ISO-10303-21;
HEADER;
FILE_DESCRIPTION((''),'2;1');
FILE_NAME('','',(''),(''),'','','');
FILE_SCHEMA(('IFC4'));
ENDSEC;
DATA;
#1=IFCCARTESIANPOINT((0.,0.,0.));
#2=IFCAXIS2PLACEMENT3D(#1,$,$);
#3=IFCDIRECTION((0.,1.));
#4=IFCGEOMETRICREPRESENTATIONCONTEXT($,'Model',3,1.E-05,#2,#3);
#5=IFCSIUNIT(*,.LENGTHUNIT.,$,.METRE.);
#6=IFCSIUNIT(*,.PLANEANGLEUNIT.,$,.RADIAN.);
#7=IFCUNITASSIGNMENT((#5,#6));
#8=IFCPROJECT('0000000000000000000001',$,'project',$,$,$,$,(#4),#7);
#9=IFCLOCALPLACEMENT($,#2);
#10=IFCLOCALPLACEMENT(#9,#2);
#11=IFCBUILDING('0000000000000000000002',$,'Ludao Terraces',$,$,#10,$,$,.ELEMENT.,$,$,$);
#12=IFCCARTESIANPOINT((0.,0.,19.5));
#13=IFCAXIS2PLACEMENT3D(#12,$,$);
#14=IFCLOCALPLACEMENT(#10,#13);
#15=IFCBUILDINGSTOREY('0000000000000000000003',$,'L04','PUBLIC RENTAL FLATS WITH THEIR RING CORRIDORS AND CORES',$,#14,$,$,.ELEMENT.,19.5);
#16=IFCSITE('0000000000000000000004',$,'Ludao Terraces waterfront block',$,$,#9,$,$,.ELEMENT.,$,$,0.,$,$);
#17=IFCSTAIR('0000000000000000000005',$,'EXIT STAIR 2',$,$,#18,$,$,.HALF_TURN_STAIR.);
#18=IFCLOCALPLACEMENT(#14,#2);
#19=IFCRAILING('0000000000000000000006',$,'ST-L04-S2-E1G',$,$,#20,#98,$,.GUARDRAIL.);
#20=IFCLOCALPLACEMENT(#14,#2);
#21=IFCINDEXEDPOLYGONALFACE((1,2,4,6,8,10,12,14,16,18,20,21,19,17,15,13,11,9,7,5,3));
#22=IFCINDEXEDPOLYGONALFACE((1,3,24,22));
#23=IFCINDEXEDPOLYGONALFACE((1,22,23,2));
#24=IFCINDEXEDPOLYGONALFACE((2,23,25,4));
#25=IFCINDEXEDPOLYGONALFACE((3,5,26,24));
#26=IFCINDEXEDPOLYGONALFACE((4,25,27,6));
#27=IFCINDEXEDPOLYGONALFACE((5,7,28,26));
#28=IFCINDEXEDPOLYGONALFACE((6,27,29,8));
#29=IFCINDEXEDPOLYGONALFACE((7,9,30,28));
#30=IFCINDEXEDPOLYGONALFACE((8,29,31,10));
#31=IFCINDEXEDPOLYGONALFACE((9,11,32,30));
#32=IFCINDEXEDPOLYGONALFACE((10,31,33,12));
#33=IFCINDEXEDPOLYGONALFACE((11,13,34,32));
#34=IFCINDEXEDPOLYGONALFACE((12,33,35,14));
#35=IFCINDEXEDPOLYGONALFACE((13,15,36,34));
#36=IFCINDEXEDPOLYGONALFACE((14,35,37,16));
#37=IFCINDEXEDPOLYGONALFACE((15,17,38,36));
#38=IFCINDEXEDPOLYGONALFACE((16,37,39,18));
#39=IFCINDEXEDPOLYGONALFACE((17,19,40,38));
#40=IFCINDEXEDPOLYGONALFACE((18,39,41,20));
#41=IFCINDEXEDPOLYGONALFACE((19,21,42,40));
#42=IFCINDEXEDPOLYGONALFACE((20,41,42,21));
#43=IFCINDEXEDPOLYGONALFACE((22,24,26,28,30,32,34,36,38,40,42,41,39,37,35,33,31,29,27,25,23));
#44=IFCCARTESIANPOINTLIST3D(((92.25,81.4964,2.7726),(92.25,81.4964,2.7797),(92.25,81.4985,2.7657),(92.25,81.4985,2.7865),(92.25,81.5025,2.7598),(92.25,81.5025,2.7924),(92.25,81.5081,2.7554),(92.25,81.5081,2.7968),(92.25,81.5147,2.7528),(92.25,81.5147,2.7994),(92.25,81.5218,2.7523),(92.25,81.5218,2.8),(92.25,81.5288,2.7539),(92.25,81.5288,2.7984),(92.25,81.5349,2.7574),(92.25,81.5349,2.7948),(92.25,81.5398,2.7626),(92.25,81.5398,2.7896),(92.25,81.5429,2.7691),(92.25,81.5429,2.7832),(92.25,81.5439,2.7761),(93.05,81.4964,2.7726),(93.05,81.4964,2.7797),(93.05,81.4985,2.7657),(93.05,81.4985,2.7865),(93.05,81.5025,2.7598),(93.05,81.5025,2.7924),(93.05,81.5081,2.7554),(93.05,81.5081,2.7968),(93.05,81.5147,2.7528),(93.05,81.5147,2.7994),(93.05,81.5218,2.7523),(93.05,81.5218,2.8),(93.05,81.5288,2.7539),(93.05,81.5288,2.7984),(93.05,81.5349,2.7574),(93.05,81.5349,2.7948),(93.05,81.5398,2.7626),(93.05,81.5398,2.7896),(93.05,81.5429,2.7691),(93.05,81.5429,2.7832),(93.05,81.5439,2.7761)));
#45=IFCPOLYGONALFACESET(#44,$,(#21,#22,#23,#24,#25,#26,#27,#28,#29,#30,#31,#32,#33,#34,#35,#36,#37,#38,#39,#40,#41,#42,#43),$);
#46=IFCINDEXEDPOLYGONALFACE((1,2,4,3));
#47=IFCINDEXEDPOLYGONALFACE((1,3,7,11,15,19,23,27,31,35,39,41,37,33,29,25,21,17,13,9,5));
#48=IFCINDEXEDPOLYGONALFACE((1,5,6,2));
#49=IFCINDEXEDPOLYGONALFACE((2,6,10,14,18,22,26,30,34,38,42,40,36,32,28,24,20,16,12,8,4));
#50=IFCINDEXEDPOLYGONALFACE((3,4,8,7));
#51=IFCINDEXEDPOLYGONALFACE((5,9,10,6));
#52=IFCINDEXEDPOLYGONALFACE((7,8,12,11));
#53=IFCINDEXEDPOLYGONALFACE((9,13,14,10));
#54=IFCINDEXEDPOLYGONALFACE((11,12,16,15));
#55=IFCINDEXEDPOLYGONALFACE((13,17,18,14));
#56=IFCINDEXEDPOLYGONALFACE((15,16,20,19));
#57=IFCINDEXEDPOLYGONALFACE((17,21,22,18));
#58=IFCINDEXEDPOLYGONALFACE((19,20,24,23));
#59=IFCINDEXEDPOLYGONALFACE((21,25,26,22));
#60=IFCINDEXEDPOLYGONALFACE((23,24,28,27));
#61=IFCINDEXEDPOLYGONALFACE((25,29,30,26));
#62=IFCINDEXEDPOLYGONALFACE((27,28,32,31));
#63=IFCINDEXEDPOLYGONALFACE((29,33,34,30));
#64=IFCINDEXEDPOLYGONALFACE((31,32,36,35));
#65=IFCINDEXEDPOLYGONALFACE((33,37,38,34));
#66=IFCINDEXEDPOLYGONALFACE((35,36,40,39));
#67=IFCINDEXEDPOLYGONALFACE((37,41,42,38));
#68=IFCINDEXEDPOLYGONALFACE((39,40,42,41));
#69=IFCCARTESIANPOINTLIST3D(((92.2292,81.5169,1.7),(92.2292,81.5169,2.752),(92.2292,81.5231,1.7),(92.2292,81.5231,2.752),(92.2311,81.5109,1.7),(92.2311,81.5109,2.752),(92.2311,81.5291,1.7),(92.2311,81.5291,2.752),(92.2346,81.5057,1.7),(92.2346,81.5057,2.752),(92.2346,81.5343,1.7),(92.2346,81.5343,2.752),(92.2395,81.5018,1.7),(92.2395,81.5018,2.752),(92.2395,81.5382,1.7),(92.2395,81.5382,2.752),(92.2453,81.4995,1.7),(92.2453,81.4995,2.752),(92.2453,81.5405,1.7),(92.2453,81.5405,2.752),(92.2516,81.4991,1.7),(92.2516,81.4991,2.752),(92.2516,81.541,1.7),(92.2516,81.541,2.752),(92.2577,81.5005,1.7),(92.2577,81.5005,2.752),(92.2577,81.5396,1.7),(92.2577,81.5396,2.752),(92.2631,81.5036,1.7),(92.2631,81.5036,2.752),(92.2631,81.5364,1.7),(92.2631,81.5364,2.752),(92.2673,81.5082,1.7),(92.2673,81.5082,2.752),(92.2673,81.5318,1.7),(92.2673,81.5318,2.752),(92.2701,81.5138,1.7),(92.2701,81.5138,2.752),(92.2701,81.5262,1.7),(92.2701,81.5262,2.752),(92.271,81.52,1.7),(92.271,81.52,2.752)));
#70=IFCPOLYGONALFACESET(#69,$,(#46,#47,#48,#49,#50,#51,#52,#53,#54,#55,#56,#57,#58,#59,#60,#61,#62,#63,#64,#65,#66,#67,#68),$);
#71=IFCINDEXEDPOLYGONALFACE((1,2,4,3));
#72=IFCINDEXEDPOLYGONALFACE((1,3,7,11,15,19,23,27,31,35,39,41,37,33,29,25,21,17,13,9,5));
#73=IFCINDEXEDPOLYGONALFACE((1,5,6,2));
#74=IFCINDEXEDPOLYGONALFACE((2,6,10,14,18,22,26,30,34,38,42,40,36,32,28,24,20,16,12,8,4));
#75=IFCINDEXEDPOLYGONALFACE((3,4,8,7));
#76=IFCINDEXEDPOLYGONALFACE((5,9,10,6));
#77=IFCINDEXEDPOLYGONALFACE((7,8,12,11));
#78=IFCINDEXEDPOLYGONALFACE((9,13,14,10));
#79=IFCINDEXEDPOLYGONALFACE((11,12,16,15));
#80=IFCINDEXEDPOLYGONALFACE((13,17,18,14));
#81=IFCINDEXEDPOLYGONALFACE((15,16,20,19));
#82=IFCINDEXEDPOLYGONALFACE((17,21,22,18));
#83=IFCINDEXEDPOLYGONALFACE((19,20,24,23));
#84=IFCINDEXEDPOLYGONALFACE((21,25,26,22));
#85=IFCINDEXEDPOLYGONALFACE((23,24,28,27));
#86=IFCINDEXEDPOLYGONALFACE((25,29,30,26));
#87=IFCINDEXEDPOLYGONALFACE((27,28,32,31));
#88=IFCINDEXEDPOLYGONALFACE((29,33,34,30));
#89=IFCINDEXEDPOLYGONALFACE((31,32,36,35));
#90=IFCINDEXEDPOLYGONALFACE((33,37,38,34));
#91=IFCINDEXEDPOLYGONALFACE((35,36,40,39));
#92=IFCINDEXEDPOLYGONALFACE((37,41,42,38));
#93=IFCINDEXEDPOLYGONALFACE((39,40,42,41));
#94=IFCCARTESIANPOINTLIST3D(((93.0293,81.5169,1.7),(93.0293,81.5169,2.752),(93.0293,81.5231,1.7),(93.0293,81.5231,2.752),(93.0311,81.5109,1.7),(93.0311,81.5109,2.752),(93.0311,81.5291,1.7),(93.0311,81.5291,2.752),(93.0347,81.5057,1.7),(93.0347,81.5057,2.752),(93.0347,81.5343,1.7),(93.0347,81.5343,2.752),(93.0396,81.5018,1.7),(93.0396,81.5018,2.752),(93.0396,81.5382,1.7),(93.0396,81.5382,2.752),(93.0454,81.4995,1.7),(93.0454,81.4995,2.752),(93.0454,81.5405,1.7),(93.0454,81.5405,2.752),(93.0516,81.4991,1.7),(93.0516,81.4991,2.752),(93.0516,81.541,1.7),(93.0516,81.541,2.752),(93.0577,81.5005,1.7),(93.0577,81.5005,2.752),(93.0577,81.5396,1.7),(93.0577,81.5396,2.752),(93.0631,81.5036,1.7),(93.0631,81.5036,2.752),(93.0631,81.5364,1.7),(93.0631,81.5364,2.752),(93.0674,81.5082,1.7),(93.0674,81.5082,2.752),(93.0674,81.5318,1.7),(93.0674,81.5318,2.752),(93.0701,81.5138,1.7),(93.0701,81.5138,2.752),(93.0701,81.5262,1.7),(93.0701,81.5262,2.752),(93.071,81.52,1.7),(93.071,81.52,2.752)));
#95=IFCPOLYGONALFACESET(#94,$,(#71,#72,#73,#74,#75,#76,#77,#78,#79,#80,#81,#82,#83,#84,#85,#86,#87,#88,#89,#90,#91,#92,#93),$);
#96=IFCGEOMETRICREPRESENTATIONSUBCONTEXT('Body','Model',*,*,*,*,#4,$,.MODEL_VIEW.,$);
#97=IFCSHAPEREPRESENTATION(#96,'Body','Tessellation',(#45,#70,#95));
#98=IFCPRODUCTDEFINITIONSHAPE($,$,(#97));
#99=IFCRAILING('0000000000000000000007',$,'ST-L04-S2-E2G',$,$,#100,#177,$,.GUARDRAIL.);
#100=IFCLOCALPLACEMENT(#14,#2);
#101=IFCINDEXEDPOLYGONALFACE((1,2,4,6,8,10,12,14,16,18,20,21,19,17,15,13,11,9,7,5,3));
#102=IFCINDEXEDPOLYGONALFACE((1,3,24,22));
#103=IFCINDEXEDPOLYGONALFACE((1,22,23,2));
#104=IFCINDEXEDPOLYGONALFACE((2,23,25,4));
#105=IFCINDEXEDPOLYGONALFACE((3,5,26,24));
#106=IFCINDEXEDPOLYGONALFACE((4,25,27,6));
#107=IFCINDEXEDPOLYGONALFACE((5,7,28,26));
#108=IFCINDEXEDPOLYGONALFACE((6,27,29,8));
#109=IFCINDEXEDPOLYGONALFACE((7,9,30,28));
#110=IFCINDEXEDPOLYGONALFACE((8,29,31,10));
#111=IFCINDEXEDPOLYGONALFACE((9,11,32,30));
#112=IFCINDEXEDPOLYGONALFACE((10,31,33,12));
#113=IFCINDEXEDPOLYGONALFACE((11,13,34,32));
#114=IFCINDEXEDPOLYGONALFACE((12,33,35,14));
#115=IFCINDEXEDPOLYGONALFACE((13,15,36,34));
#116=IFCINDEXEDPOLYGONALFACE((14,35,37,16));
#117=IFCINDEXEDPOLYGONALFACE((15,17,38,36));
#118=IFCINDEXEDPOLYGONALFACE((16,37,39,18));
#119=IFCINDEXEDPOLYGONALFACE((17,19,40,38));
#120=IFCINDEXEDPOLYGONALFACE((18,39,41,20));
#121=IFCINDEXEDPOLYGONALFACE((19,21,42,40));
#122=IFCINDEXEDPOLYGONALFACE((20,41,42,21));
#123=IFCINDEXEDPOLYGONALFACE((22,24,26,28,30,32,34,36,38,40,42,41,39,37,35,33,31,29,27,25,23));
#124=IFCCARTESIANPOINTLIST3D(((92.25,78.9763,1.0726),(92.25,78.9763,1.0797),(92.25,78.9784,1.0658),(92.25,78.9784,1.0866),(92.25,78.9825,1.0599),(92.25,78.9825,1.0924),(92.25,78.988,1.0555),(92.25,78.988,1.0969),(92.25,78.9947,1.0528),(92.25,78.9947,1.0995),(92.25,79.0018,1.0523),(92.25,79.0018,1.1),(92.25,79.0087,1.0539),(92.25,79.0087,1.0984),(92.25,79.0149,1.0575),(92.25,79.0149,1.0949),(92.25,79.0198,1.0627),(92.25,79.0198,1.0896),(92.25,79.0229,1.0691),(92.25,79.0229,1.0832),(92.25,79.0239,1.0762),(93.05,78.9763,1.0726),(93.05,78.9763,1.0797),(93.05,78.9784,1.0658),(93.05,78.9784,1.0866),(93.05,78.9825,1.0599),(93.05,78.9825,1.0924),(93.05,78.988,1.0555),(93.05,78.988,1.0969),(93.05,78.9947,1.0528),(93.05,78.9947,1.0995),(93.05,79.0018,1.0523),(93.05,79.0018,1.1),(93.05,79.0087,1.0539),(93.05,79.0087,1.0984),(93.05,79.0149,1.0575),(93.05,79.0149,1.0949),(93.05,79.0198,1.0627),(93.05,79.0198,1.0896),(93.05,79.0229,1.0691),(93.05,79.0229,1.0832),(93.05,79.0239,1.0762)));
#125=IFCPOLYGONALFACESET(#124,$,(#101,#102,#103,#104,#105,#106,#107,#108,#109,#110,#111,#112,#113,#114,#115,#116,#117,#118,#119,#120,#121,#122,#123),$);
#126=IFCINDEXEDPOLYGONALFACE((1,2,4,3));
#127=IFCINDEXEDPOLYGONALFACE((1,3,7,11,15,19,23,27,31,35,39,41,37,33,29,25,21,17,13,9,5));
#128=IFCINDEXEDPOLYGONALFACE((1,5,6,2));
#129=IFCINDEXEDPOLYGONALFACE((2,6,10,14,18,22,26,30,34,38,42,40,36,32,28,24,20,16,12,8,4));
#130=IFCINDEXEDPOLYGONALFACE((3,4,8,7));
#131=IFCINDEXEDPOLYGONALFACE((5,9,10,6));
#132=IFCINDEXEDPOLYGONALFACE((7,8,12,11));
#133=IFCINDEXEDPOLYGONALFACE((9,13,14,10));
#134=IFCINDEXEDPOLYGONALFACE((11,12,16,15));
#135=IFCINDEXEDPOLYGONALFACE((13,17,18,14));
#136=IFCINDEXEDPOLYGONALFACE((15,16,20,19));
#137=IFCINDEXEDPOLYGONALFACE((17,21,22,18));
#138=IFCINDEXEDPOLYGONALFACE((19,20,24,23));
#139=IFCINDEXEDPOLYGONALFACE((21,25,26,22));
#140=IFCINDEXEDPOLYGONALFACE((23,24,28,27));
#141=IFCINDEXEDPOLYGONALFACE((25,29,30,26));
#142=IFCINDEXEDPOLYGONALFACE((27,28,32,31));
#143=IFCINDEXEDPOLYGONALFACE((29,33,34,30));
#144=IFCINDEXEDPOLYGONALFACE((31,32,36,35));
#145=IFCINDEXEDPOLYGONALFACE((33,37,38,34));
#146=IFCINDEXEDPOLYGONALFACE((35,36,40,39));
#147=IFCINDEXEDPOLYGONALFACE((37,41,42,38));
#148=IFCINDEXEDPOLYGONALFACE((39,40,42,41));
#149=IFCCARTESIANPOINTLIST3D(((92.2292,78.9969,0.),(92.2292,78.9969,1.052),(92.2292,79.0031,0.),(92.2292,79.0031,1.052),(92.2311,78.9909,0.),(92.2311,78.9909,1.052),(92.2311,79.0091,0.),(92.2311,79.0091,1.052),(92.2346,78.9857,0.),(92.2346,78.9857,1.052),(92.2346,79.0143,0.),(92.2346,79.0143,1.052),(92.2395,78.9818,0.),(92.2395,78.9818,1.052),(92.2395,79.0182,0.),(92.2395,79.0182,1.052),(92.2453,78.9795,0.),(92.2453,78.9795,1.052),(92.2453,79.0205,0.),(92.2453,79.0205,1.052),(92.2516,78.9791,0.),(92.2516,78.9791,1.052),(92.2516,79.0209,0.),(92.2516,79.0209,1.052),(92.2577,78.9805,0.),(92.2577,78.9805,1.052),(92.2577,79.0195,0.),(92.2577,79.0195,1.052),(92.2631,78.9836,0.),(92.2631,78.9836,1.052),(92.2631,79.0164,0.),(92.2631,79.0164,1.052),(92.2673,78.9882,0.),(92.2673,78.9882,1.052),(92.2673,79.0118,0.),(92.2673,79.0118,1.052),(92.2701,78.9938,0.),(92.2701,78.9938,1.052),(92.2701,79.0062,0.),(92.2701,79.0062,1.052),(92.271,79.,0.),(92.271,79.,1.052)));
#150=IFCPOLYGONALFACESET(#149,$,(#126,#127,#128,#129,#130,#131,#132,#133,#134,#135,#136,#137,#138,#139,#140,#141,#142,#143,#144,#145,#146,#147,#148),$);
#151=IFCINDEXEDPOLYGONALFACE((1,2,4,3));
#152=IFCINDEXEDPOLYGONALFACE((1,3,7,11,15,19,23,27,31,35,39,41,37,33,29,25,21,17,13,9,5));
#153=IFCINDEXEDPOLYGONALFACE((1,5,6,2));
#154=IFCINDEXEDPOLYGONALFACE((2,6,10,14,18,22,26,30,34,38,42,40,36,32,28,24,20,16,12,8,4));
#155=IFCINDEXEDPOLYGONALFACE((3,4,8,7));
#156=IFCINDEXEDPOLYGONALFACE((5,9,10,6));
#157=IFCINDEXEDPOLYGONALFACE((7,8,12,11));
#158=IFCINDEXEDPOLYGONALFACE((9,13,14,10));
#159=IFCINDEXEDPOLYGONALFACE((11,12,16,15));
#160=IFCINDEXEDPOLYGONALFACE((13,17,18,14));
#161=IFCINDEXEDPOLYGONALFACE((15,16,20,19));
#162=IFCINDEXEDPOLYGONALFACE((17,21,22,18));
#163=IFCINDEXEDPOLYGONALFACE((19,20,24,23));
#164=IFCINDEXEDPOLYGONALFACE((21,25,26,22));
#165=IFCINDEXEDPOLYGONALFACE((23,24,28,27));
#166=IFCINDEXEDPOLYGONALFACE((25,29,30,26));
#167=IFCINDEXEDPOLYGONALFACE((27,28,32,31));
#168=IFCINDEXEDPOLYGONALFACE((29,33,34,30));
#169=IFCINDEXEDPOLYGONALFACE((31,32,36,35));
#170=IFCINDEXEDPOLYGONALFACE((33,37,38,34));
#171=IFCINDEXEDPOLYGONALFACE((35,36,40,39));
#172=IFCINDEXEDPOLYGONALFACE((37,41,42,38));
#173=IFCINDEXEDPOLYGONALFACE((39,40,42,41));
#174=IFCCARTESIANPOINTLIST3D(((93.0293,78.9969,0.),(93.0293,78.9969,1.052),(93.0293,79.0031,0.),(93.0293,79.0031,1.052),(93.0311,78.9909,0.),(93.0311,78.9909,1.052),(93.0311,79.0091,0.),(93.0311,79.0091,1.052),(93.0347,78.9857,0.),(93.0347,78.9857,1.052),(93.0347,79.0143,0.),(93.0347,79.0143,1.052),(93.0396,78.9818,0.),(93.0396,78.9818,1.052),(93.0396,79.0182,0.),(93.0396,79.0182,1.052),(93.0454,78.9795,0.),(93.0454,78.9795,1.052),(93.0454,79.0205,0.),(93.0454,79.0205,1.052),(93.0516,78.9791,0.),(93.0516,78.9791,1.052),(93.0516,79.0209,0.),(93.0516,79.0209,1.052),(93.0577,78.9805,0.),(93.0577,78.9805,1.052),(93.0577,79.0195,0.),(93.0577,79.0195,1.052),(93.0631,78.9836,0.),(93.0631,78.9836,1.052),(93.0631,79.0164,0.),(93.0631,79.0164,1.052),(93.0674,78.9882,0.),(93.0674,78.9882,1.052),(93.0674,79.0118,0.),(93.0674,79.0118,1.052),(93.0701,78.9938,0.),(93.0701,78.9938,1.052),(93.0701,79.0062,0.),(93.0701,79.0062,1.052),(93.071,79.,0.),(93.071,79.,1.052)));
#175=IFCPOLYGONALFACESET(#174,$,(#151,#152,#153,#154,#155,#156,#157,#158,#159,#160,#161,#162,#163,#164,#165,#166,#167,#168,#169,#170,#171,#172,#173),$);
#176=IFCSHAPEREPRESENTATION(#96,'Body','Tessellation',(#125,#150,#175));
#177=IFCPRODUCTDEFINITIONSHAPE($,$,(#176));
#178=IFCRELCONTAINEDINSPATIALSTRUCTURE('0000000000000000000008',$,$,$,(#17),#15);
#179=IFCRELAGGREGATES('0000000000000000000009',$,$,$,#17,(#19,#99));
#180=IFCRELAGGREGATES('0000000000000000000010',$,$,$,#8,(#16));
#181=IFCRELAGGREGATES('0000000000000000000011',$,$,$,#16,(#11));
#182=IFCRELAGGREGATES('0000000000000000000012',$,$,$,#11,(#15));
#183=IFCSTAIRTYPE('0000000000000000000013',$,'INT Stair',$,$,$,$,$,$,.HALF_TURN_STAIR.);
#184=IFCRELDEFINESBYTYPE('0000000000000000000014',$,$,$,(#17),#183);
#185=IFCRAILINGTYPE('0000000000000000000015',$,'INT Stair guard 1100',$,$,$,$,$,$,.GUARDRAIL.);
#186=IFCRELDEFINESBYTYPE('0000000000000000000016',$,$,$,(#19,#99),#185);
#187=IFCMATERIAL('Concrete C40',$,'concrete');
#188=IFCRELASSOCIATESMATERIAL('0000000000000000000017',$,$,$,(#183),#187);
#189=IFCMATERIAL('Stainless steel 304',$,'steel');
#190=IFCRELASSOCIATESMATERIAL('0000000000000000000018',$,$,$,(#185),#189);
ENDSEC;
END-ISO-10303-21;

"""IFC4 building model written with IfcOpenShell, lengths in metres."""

from ifc_helpers import new_model, si_unit, direction, frame, origin, origin_2d, place, context, subcontext, project, spatial, circle, extrude, material, type_object, element, aggregate, save


model = new_model("IFC4")

# Units and contexts
model_context = context("Model", 3, precision=1e-05, world=origin(), true_north=direction((0.0, 1.0)))
body_context = subcontext(model_context, "Body", "Model", "MODEL_VIEW")
ifc_project = project(units=[si_unit("LENGTHUNIT", "METRE"), si_unit("PLANEANGLEUNIT", "RADIAN")], contexts=[model_context])

# Site, building, storey
site_placement = place(None, origin())
site = spatial("IfcSite", under=ifc_project, at=site_placement, Name="Ludao Terraces waterfront block", CompositionType="ELEMENT", RefElevation=0.0)
building_placement = place(site_placement, origin())
building = spatial("IfcBuilding", under=site, at=building_placement, Name="Ludao Terraces", CompositionType="ELEMENT")
storey_placement = place(building_placement, frame((0.0, 0.0, 19.5)))
storey = spatial("IfcBuildingStorey", under=building, at=storey_placement, Name="L04", Description="PUBLIC RENTAL FLATS WITH THEIR RING CORRIDORS AND CORES", CompositionType="ELEMENT", Elevation=19.5)

# Shared definitions
ifc_material_1 = material(Name="Concrete C40", Category="concrete")

# Shared definitions
ifc_material_2 = material(Name="Stainless steel 304", Category="steel")

# Stair, railings
stair_type = type_object("IfcStairType", Name="INT Stair", PredefinedType="HALF_TURN_STAIR", material=ifc_material_1)
stair_placement = place(storey_placement, origin())
stair = element("IfcStair", 1, at=stair_placement, inside=storey, type_object=stair_type, Name="EXIT STAIR 2", PredefinedType="HALF_TURN_STAIR")
railing_type_1 = type_object("IfcRailingType", Name="INT Stair guard 1100", PredefinedType="GUARDRAIL", material=ifc_material_2)
railing_1_placement = place(storey_placement, frame((92.25, 81.52, 1.7)))
railing_1 = element("IfcRailing", 2, at=railing_1_placement, type_object=railing_type_1, Name="ST-L04-S2-E1G", PredefinedType="GUARDRAIL", context=body_context, shape_type="SweptSolid", body=[
    extrude(circle(Radius=0.0239, at=origin_2d()), frame((0.0, 0.0, 1.0762), z_axis=(1.0, 0.0, 0.0), x_axis=(0.0, 1.0, 0.0)), (0.0, 0.0, 1.0), 0.8),
    extrude(circle(Radius=0.021, at=origin_2d()), origin(), (0.0, 0.0, 1.0), 1.052),
    extrude(circle(Radius=0.021, at=origin_2d()), frame((0.8, 0.0, 0.0)), (0.0, 0.0, 1.0), 1.052),
])
railing_2_placement = place(storey_placement, frame((92.25, 79.0, 0.0)))
railing_2 = element("IfcRailing", 3, at=railing_2_placement, type_object=railing_type_1, Name="ST-L04-S2-E2G", PredefinedType="GUARDRAIL", context=body_context, shape_type="SweptSolid", body=[
    extrude(circle(Radius=0.0239, at=origin_2d()), frame((0.0, 0.0, 1.0762), z_axis=(1.0, 0.0, 0.0), x_axis=(0.0, 1.0, 0.0)), (0.0, 0.0, 1.0), 0.8),
    extrude(circle(Radius=0.021, at=origin_2d()), origin(), (0.0, 0.0, 1.0), 1.052),
    extrude(circle(Radius=0.021, at=origin_2d()), frame((0.8, 0.0, 0.0)), (0.0, 0.0, 1.0), 1.052),
])
aggregate(stair, [railing_1, railing_2])

save(model, "model.ifc")
